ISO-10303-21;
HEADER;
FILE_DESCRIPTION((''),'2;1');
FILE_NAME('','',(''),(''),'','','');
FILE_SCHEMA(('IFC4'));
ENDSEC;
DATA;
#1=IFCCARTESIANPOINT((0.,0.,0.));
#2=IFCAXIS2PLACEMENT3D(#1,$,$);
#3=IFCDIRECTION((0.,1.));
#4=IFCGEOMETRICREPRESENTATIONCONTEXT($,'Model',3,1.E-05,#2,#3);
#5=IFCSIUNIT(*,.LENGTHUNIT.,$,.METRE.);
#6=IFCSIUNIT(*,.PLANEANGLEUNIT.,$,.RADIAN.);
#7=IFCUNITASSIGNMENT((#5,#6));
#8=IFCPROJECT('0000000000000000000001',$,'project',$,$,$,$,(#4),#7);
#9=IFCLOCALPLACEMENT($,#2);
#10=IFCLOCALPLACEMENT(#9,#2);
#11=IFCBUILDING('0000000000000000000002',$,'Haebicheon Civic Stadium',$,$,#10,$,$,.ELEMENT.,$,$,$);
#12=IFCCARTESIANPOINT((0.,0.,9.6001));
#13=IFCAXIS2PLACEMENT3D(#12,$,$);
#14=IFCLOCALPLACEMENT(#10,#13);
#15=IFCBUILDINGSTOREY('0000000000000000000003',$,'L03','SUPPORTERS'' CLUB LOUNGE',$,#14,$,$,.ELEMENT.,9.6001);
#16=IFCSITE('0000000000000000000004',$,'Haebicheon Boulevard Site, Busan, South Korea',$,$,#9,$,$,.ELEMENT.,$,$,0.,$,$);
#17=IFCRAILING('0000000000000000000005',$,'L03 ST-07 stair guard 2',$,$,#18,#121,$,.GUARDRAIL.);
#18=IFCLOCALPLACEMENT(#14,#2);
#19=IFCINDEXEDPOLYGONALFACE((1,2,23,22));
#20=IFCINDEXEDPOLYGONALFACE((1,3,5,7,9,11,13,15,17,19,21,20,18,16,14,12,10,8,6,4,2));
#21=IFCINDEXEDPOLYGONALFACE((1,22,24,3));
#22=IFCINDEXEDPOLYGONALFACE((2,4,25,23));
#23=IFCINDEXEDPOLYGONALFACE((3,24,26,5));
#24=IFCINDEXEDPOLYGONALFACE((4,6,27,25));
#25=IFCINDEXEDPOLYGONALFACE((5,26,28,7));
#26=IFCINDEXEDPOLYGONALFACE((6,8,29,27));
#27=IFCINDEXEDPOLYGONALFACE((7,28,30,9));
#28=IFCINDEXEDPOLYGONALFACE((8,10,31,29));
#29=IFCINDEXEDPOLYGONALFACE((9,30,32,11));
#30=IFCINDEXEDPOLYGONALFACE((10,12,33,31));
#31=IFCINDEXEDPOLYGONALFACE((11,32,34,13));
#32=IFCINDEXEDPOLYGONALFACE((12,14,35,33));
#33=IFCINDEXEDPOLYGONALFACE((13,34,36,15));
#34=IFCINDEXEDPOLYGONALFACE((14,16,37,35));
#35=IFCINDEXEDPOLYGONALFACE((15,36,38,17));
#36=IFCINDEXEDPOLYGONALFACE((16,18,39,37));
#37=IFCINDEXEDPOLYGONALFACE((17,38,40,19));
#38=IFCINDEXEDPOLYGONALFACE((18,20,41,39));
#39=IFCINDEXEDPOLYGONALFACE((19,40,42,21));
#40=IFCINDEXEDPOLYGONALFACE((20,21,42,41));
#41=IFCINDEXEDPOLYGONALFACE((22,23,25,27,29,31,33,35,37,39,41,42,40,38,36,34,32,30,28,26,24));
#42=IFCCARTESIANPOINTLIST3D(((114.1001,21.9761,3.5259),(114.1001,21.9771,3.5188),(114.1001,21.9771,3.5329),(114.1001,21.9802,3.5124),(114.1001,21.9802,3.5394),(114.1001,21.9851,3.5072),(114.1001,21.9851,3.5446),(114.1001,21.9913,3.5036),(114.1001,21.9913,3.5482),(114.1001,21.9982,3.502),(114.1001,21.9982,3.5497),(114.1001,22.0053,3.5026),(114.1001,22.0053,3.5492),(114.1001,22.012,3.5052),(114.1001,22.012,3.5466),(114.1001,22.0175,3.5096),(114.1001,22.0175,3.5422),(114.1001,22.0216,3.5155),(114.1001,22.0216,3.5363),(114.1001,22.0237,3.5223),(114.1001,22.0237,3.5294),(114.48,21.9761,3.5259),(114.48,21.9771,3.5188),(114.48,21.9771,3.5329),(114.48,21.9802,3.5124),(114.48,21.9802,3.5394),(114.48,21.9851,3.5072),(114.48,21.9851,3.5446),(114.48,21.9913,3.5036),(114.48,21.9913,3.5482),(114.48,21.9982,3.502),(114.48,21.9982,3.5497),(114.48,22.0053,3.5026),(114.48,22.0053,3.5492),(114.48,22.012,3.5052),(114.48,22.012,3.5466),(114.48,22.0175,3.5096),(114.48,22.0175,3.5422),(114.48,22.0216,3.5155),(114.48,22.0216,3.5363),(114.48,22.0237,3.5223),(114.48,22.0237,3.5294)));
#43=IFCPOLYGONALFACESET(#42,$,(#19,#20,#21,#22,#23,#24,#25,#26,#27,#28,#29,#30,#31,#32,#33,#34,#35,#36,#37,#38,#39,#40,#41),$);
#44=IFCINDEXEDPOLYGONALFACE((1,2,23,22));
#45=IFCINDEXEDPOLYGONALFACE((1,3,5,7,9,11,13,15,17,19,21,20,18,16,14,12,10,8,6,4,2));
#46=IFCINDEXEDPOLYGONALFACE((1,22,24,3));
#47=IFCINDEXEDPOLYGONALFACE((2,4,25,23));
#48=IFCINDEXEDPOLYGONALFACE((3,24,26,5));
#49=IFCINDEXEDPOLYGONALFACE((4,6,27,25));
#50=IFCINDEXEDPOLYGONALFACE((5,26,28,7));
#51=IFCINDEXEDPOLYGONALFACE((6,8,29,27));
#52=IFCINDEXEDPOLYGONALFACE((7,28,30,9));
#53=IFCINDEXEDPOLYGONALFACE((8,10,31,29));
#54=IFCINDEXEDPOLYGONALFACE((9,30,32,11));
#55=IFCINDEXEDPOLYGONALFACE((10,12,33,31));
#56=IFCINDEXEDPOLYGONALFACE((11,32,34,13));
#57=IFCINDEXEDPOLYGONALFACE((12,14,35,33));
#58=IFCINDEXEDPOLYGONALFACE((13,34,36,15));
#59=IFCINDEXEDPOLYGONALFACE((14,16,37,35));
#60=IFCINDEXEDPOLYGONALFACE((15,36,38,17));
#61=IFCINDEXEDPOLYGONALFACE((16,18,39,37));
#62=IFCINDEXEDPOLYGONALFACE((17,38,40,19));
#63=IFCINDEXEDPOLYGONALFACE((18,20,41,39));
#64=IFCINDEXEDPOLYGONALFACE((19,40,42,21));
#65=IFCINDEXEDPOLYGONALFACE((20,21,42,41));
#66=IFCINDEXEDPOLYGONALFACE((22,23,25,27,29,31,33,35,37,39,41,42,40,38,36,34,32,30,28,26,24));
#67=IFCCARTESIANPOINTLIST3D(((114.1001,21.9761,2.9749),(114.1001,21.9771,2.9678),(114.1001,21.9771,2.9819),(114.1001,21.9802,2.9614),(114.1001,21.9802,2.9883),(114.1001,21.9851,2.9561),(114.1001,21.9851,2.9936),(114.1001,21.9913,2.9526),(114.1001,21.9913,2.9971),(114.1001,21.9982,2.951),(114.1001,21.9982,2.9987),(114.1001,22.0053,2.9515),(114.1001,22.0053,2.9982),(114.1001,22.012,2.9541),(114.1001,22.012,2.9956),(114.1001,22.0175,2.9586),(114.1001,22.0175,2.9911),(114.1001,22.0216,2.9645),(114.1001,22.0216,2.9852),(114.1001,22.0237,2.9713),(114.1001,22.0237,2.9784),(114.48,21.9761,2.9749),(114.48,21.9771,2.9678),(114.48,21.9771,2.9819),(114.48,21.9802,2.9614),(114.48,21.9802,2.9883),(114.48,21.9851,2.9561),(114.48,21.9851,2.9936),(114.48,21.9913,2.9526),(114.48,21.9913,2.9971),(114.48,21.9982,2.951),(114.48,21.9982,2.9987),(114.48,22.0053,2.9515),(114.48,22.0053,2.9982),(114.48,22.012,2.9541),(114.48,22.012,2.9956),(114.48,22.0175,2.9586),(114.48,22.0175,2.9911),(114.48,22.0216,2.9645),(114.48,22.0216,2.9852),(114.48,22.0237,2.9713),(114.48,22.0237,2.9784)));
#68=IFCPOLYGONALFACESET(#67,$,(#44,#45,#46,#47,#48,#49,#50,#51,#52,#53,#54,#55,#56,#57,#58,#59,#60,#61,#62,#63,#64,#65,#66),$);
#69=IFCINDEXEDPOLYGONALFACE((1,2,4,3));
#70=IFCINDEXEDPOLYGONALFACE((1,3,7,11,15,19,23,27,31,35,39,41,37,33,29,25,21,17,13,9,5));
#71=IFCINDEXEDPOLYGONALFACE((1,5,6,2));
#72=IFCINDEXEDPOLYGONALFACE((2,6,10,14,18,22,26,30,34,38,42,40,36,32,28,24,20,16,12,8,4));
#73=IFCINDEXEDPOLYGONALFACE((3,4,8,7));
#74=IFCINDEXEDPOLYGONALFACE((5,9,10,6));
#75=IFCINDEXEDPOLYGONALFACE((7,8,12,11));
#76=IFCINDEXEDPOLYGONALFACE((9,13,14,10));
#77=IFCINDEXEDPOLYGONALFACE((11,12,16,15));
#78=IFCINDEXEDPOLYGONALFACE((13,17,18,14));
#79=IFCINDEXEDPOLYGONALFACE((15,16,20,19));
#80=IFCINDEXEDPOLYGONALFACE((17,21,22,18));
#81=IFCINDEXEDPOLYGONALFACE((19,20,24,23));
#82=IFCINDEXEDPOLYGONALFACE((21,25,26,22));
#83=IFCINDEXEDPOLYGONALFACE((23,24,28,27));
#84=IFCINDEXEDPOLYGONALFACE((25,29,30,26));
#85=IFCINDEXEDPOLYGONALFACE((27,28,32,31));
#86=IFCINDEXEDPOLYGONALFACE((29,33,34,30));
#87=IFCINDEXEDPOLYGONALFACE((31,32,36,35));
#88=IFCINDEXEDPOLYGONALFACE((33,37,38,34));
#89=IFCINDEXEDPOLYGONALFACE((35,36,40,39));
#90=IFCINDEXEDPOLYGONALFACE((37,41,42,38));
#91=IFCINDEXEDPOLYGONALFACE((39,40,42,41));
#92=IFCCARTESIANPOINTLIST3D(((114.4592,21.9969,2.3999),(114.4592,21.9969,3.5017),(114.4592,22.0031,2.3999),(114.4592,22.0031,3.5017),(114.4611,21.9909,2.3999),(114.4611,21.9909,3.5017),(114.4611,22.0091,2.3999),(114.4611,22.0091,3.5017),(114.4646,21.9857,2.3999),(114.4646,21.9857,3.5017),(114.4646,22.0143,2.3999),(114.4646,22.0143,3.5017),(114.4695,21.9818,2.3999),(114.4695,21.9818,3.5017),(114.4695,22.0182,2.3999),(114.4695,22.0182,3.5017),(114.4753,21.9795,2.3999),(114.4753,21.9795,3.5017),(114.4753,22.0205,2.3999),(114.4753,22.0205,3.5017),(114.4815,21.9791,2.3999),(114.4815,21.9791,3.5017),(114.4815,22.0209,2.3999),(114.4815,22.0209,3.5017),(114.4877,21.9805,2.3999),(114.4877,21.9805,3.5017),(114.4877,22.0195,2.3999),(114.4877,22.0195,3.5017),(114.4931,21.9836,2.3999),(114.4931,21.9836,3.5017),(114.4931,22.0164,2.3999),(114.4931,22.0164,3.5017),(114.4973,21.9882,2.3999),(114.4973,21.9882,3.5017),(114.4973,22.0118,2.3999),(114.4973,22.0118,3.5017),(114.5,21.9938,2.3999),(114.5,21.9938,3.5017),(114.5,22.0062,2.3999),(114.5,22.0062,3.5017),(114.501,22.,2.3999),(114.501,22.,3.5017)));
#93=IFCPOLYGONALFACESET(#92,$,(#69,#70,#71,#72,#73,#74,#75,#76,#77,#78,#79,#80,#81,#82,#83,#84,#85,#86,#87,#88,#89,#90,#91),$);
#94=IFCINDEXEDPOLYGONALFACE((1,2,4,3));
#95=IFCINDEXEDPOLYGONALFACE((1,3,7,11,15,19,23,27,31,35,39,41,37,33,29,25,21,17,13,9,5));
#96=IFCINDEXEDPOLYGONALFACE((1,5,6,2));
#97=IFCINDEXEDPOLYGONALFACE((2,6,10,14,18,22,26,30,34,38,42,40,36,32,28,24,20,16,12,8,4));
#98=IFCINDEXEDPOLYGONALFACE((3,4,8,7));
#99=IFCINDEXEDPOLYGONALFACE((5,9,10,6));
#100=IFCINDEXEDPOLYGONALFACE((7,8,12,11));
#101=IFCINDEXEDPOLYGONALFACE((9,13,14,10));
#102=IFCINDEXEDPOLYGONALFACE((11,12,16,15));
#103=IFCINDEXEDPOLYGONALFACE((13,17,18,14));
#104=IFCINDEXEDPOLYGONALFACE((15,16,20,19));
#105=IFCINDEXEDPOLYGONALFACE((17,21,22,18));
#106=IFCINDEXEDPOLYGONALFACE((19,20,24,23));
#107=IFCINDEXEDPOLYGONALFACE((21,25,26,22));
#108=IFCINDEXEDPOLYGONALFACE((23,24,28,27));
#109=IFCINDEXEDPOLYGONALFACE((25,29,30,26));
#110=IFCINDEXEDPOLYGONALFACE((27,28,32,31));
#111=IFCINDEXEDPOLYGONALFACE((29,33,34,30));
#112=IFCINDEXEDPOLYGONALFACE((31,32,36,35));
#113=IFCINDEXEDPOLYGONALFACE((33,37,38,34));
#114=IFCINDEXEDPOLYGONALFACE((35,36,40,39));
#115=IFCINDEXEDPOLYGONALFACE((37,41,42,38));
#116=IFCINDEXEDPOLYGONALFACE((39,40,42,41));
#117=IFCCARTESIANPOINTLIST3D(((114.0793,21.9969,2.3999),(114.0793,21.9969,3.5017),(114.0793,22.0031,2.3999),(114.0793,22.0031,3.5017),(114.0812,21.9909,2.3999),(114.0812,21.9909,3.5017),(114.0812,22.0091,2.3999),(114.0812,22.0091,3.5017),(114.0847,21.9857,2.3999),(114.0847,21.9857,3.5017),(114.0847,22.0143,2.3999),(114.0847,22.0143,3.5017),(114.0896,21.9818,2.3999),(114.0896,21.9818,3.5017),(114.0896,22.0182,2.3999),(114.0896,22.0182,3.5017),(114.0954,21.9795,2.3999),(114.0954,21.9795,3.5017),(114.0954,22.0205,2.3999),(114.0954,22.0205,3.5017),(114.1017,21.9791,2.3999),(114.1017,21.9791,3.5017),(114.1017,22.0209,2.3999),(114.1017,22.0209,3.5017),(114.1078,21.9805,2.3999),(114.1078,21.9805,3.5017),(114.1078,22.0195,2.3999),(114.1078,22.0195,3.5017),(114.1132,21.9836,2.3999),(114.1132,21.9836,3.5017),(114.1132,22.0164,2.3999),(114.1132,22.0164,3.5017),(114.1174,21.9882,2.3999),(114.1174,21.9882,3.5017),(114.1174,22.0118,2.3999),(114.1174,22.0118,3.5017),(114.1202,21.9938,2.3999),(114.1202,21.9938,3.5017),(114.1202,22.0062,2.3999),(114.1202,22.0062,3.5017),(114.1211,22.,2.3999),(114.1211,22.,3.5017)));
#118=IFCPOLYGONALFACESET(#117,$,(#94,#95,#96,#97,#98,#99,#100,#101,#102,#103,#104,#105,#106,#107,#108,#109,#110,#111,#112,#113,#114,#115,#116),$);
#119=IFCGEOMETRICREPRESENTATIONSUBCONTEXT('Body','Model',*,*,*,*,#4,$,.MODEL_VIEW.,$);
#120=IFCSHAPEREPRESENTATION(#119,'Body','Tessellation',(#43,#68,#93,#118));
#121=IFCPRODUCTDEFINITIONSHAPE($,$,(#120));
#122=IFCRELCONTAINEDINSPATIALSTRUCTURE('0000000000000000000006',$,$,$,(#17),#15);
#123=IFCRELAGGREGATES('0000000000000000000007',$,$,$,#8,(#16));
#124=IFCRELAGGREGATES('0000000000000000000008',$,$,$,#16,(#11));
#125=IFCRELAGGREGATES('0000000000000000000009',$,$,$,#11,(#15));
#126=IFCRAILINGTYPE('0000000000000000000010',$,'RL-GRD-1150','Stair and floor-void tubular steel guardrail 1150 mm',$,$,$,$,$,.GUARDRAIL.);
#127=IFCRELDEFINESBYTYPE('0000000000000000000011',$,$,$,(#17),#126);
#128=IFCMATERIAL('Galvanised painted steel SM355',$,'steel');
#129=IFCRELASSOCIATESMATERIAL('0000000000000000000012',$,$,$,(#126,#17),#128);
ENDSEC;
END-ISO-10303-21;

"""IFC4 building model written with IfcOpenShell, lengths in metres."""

from ifc_helpers import new_model, si_unit, direction, frame, origin, origin_2d, place, context, subcontext, project, spatial, circle, extrude, material, type_object, element, save


model = new_model("IFC4")

# Units and contexts
model_context = context("Model", 3, precision=1e-05, world=origin(), true_north=direction((0.0, 1.0)))
body_context = subcontext(model_context, "Body", "Model", "MODEL_VIEW")
ifc_project = project(units=[si_unit("LENGTHUNIT", "METRE"), si_unit("PLANEANGLEUNIT", "RADIAN")], contexts=[model_context])

# Site, building, storey
site_placement = place(None, origin())
site = spatial("IfcSite", under=ifc_project, at=site_placement, Name="Haebicheon Boulevard Site, Busan, South Korea", CompositionType="ELEMENT", RefElevation=0.0)
building_placement = place(site_placement, origin())
building = spatial("IfcBuilding", under=site, at=building_placement, Name="Haebicheon Civic Stadium", CompositionType="ELEMENT")
storey_placement = place(building_placement, frame((0.0, 0.0, 9.6001)))
storey = spatial("IfcBuildingStorey", under=building, at=storey_placement, Name="L03", Description="SUPPORTERS' CLUB LOUNGE", CompositionType="ELEMENT", Elevation=9.6001)

# Railing
ifc_material_1 = material(Name="Galvanised painted steel SM355", Category="steel")
railing_type_1 = type_object("IfcRailingType", Name="RL-GRD-1150", Description="Stair and floor-void tubular steel guardrail 1150 mm", PredefinedType="GUARDRAIL", material=ifc_material_1)
railing_1_placement = place(storey_placement, frame((114.48, 22.0, 2.3999)))
element("IfcRailing", 1, at=railing_1_placement, inside=storey, type_object=railing_type_1, material=ifc_material_1, Name="L03 ST-07 stair guard 2", PredefinedType="GUARDRAIL", context=body_context, shape_type="SweptSolid", body=[
    extrude(circle(Radius=0.0239, at=origin_2d()), frame((0.0, 0.0, 1.126), z_axis=(-1.0, 0.0, 0.0), x_axis=(0.0, -1.0, 0.0)), (0.0, 0.0, 1.0), 0.3799),
    extrude(circle(Radius=0.0239, at=origin_2d()), frame((0.0, 0.0, 0.575), z_axis=(-1.0, 0.0, 0.0), x_axis=(0.0, -1.0, 0.0)), (0.0, 0.0, 1.0), 0.3799),
    extrude(circle(Radius=0.021, at=origin_2d()), origin(), (0.0, 0.0, 1.0), 1.1018),
    extrude(circle(Radius=0.021, at=origin_2d()), frame((-0.3799, 0.0, 0.0)), (0.0, 0.0, 1.0), 1.1018),
])

save(model, "model.ifc")
